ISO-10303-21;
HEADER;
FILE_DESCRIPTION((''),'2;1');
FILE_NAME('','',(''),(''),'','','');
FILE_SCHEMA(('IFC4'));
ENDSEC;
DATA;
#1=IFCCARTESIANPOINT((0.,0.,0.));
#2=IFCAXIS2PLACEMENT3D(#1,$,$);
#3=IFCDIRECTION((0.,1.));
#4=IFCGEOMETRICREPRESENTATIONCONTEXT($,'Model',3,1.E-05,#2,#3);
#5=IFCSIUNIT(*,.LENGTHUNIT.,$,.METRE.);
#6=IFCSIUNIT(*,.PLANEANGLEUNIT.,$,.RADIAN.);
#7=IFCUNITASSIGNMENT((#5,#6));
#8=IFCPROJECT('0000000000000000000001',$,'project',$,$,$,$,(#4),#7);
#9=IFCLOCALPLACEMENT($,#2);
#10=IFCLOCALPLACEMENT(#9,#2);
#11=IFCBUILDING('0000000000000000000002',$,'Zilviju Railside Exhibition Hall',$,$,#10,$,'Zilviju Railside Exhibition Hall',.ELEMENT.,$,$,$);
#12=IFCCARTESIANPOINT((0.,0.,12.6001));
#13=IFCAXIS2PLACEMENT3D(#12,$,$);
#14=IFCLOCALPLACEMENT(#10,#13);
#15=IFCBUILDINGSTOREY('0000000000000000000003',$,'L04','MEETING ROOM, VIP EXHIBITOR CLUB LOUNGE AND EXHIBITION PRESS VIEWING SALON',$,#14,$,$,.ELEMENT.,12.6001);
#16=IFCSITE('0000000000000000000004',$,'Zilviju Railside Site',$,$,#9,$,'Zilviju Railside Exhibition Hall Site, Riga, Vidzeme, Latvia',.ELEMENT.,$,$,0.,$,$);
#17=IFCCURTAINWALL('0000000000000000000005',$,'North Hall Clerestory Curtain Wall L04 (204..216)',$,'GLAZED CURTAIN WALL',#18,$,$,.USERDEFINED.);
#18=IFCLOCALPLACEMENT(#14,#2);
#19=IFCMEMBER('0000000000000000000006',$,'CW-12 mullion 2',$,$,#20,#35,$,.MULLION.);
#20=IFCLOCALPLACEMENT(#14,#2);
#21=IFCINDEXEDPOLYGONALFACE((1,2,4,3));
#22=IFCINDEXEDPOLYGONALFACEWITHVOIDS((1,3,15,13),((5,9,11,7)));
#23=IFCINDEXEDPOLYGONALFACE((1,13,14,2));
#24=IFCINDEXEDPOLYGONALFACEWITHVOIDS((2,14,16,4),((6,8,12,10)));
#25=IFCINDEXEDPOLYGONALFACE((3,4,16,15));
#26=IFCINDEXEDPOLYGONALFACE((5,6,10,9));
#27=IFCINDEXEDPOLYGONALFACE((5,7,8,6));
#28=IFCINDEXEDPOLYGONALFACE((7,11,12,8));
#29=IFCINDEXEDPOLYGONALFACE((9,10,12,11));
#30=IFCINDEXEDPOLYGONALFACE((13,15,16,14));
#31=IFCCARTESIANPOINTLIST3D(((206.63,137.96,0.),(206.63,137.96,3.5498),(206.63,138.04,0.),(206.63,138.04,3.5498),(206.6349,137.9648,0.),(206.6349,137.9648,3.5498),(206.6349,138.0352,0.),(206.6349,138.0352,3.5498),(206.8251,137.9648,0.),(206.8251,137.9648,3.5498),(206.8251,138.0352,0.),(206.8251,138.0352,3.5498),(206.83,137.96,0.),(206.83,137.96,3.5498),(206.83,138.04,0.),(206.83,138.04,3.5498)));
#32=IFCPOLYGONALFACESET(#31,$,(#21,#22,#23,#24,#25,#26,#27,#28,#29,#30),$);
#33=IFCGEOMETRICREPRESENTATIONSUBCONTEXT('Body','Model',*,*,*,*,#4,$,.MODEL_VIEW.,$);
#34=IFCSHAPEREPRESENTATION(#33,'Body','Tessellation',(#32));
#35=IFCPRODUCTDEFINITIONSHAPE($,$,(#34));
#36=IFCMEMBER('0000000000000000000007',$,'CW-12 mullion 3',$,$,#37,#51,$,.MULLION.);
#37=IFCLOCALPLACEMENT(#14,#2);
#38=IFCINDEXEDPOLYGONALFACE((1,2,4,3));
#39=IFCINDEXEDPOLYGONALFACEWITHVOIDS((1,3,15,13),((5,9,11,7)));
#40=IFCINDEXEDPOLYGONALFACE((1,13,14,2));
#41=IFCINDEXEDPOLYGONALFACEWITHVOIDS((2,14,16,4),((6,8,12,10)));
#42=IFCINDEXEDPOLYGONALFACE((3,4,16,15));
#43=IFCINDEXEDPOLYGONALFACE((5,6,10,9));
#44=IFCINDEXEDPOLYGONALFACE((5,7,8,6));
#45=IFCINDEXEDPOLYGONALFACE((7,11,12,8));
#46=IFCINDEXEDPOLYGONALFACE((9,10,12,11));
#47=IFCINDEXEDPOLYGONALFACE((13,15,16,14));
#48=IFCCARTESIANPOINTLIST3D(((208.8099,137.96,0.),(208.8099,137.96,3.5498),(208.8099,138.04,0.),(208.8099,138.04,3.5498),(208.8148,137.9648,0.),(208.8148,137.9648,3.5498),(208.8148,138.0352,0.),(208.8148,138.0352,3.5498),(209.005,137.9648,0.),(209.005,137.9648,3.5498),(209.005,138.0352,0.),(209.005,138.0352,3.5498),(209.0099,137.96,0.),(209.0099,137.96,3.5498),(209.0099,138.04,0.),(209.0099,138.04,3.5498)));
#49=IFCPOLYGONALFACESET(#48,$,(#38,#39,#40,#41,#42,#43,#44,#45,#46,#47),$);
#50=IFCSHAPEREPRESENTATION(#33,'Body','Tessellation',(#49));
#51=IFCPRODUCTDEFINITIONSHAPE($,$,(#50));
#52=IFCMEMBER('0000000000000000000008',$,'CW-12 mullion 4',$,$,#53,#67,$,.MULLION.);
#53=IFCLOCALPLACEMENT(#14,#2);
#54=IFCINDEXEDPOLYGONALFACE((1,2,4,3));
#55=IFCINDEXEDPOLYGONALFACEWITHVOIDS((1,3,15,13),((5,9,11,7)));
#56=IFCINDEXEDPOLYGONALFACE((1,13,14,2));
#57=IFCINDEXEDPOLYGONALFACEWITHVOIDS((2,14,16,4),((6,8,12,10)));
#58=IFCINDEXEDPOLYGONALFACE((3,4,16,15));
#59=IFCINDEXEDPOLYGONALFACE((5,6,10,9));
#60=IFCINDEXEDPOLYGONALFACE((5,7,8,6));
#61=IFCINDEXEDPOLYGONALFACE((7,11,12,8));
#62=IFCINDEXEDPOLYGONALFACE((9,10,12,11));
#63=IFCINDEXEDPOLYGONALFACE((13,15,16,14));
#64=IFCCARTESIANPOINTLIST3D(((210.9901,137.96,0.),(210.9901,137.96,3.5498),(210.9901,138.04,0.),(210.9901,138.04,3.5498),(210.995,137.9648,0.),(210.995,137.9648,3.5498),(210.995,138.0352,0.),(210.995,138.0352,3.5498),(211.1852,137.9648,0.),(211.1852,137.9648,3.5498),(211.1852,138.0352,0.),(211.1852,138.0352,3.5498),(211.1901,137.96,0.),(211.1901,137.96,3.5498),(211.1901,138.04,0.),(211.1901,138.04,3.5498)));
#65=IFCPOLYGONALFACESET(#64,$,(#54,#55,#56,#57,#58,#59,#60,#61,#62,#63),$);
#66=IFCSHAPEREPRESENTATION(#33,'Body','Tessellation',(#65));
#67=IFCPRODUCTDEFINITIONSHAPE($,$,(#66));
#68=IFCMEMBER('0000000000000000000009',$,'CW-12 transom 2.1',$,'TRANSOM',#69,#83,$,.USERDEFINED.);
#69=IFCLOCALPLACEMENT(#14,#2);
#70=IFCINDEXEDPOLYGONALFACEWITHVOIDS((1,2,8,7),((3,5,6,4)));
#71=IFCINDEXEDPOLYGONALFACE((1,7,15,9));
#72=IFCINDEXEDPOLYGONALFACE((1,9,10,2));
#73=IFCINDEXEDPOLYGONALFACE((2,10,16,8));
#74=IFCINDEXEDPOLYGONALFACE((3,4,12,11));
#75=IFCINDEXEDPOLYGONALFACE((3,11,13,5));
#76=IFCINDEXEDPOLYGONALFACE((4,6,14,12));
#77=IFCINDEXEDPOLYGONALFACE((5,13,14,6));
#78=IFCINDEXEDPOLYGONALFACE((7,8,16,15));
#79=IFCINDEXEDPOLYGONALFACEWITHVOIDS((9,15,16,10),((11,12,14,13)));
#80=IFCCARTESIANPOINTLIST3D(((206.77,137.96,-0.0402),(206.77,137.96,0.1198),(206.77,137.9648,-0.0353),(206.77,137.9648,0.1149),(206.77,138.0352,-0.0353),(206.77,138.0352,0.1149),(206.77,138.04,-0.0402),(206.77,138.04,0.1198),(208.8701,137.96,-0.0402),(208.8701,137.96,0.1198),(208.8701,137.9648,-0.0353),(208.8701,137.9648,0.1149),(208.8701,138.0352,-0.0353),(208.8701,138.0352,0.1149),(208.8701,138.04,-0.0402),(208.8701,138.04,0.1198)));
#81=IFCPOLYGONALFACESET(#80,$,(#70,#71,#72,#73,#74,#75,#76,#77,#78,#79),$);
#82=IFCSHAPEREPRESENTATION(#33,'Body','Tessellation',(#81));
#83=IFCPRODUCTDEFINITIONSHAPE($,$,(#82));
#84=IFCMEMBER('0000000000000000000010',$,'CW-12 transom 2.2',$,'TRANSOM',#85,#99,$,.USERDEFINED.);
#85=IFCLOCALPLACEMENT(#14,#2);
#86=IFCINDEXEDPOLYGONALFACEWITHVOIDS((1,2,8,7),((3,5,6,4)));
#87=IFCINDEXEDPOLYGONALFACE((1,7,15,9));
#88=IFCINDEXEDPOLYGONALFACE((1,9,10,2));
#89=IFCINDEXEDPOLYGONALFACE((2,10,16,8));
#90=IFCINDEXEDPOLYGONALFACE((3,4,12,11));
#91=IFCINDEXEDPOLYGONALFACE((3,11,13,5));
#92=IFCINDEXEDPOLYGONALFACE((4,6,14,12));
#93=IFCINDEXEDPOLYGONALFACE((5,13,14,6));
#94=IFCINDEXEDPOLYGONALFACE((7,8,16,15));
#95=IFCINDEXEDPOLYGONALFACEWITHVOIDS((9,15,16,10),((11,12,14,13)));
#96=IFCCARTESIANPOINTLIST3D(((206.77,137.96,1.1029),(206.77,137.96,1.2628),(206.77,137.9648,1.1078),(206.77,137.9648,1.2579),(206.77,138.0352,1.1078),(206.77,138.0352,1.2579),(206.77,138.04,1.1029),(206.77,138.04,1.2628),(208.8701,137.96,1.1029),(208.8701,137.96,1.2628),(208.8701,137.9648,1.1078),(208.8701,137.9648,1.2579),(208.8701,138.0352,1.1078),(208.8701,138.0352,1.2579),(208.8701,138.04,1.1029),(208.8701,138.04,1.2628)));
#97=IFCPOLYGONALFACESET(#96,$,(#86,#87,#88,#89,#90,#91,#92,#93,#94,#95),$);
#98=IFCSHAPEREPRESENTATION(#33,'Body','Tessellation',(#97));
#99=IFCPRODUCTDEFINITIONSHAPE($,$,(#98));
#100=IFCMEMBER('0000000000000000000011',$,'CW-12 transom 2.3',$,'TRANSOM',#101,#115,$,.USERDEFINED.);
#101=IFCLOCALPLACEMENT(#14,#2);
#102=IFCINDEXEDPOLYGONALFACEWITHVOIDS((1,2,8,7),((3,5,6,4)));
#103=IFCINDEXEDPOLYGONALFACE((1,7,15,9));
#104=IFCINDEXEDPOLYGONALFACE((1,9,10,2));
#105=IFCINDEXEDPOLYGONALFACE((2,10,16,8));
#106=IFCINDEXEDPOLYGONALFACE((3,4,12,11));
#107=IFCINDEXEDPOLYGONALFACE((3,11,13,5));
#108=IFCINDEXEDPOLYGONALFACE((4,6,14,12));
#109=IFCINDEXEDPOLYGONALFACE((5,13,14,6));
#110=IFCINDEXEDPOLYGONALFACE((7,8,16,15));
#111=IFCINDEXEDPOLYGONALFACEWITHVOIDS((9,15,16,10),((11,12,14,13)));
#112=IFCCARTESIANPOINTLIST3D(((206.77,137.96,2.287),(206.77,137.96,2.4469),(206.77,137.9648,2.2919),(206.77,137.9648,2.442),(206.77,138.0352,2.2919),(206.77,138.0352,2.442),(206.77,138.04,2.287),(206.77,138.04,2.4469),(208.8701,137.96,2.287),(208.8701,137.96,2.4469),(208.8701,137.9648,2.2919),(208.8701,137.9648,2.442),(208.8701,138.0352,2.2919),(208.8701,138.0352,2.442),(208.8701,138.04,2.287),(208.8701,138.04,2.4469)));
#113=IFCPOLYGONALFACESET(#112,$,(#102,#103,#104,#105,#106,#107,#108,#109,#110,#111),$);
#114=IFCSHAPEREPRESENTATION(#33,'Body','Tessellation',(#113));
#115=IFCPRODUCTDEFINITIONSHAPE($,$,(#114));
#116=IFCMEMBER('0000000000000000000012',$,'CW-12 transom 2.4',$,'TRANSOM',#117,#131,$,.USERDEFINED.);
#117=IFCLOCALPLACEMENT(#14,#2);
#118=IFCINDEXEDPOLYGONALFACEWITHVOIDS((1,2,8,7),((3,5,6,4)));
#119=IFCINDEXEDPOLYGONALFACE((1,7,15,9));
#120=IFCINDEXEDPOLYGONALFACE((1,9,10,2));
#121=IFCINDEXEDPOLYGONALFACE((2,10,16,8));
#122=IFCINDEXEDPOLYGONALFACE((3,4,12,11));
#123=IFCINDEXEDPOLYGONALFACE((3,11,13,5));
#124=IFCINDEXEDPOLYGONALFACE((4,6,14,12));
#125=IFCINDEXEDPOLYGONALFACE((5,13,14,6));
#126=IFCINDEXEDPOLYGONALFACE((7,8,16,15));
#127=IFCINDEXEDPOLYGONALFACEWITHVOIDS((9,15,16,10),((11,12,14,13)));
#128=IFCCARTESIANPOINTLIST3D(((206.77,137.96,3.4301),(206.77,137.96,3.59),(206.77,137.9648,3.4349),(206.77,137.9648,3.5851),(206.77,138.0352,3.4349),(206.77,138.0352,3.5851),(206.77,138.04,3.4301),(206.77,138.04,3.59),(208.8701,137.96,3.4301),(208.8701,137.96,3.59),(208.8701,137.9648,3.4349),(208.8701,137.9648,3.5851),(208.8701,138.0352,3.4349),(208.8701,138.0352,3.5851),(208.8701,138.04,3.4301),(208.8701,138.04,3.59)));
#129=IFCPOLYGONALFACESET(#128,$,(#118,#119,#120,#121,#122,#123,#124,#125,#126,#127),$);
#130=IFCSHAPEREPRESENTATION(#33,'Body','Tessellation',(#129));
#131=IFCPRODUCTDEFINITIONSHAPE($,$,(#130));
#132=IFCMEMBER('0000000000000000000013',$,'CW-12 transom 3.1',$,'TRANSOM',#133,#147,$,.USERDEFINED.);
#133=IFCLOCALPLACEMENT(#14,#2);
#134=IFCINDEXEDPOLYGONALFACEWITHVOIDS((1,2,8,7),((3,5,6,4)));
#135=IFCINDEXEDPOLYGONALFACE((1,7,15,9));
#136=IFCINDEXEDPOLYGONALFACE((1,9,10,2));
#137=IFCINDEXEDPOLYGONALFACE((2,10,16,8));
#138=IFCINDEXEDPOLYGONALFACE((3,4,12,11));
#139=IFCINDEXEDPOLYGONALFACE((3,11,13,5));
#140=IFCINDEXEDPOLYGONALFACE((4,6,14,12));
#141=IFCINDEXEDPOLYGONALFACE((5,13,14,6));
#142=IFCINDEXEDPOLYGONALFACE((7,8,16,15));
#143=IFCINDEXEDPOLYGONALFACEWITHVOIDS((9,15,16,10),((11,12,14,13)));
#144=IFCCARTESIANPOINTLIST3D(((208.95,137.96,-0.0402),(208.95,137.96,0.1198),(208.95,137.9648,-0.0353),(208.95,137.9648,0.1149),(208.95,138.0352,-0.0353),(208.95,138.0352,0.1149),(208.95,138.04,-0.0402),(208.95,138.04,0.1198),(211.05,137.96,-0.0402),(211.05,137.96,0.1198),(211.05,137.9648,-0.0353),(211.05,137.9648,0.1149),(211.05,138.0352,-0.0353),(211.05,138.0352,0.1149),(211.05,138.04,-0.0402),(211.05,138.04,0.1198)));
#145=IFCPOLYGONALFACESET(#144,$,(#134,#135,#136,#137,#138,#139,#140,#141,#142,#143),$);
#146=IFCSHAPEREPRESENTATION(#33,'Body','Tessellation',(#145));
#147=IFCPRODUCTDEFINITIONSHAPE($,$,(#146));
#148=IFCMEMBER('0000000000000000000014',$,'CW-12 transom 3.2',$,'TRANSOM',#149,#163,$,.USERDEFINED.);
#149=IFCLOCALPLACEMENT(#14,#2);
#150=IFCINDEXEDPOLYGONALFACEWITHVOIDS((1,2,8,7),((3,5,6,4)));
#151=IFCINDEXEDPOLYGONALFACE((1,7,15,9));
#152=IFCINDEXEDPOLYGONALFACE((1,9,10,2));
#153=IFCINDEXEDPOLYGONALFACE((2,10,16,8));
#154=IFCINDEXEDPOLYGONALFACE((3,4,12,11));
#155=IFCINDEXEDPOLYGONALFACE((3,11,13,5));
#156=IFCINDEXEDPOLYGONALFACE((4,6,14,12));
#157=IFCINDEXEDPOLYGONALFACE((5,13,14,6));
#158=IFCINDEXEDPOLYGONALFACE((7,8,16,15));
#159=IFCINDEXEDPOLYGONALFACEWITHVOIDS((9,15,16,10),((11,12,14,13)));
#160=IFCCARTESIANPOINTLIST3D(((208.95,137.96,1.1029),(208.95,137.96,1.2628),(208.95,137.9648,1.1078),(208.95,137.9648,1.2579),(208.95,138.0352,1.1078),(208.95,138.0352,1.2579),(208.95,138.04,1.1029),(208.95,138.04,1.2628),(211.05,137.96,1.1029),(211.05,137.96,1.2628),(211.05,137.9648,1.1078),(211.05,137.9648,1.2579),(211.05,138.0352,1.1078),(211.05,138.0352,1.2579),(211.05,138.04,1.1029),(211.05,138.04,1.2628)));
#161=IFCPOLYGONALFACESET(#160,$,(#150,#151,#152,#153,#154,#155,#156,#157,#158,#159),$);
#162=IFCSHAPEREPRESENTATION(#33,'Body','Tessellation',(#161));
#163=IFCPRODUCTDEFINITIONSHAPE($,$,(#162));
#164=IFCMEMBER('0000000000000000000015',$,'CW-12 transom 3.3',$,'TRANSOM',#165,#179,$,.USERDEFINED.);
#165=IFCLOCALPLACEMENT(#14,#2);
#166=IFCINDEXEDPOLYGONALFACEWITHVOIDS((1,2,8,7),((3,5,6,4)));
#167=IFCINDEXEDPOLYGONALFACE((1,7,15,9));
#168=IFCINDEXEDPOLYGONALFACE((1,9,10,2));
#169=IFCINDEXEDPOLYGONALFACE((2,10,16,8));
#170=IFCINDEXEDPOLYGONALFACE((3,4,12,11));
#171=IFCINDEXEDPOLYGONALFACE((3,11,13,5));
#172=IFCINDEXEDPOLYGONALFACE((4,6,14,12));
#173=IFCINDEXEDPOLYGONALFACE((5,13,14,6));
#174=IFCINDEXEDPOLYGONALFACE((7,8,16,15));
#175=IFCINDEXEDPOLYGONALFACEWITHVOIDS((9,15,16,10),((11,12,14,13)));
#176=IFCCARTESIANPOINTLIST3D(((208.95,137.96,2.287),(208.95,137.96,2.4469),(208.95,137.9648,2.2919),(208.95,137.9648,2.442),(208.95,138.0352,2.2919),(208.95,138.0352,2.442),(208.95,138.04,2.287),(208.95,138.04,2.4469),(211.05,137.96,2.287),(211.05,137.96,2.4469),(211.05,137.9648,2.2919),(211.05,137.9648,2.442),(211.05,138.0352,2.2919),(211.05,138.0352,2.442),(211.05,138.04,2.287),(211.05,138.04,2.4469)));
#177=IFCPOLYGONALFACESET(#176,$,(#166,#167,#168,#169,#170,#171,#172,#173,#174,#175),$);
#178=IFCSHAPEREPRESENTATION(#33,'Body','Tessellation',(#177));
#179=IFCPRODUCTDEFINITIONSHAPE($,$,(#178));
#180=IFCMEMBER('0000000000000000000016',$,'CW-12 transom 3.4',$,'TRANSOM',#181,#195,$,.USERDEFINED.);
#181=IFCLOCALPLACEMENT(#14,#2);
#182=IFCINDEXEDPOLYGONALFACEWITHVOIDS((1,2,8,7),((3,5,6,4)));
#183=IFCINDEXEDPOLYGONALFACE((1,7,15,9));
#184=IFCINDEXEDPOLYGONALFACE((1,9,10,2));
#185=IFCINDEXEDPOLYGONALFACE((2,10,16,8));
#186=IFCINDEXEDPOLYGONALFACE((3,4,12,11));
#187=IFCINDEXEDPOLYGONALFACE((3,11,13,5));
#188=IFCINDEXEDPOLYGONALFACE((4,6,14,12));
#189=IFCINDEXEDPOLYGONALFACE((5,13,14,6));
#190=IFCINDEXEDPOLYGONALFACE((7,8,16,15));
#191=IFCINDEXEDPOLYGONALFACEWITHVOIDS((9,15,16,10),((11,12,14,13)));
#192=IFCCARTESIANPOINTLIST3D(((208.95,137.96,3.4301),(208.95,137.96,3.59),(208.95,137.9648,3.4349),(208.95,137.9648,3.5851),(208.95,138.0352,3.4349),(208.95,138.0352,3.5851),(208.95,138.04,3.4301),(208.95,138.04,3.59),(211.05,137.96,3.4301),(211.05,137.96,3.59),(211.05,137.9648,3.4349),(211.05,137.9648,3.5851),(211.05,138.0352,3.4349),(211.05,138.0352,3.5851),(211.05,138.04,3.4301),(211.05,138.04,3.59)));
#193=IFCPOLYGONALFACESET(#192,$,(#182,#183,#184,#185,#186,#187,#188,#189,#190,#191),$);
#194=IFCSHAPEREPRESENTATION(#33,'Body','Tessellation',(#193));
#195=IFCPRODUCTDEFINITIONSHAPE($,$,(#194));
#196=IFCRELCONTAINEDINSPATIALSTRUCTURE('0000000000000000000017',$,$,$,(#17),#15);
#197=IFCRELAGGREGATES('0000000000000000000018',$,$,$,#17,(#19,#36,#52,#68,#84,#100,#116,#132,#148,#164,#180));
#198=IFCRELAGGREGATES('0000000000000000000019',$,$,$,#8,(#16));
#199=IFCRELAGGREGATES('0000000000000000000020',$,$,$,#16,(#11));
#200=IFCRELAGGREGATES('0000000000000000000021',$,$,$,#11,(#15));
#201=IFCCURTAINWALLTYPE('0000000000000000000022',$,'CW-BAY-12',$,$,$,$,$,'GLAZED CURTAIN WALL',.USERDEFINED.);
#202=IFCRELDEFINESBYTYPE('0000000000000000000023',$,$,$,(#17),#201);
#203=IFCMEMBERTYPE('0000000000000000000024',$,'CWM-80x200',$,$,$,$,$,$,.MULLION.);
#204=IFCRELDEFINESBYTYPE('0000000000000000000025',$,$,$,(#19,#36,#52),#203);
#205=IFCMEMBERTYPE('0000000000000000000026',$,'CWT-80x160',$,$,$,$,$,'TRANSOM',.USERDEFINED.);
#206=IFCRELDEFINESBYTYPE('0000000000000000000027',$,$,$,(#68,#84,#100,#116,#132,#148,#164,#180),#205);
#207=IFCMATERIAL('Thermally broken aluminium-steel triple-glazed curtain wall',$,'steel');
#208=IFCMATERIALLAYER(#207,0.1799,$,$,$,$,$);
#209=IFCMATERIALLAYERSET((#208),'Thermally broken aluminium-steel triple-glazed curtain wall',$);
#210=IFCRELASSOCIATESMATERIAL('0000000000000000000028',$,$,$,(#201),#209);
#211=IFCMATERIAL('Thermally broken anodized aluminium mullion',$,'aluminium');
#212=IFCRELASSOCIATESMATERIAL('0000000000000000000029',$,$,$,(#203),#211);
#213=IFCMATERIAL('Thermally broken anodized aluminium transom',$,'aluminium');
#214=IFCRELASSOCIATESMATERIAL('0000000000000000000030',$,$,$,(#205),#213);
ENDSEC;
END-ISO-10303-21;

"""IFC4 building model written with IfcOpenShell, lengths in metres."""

from ifc_helpers import new_model, si_unit, direction, frame, origin, origin_2d, place, context, subcontext, project, spatial, hollow_rectangle, extrude, material, layer, layer_set, material_profile, profile_set, type_object, element, aggregate, save


model = new_model("IFC4")

# Units and contexts
model_context = context("Model", 3, precision=1e-05, world=origin(), true_north=direction((0.0, 1.0)))
body_context = subcontext(model_context, "Body", "Model", "MODEL_VIEW")
ifc_project = project(units=[si_unit("LENGTHUNIT", "METRE"), si_unit("PLANEANGLEUNIT", "RADIAN")], contexts=[model_context])

# Site, building, storey
site_placement = place(None, origin())
site = spatial("IfcSite", under=ifc_project, at=site_placement, Name="Zilviju Railside Site", LongName="Zilviju Railside Exhibition Hall Site, Riga, Vidzeme, Latvia", CompositionType="ELEMENT", RefElevation=0.0)
building_placement = place(site_placement, origin())
building = spatial("IfcBuilding", under=site, at=building_placement, Name="Zilviju Railside Exhibition Hall", LongName="Zilviju Railside Exhibition Hall", CompositionType="ELEMENT")
storey_placement = place(building_placement, frame((0.0, 0.0, 12.6001)))
storey = spatial("IfcBuildingStorey", under=building, at=storey_placement, Name="L04", Description="MEETING ROOM, VIP EXHIBITOR CLUB LOUNGE AND EXHIBITION PRESS VIEWING SALON", CompositionType="ELEMENT", Elevation=12.6001)

# Curtain wall, members
ifc_material_1 = material(Name="Thermally broken aluminium-steel triple-glazed curtain wall", Category="steel")
ifc_layer_1 = layer(ifc_material_1, 0.1799)
ifc_layer_set_1 = layer_set([ifc_layer_1], Name="Thermally broken aluminium-steel triple-glazed curtain wall")
curtain_wall_type = type_object("IfcCurtainWallType", Name="CW-BAY-12", ElementType="GLAZED CURTAIN WALL", PredefinedType="USERDEFINED", material=ifc_layer_set_1)
curtain_wall_placement = place(storey_placement, origin())
curtain_wall = element("IfcCurtainWall", 1, at=curtain_wall_placement, inside=storey, type_object=curtain_wall_type, Name="North Hall Clerestory Curtain Wall L04 (204..216)", ObjectType="GLAZED CURTAIN WALL", PredefinedType="USERDEFINED")
ifc_material_2 = material(Name="Thermally broken anodized aluminium mullion", Category="aluminium")
ifc_material_profile_1 = material_profile(ifc_material_2, hollow_rectangle(XDim=0.0801, YDim=0.2, WallThickness=0.0049, at=origin_2d()), Name="MULLION 200x80x5")
ifc_profile_set_1 = profile_set([ifc_material_profile_1], Name="Thermally broken anodized aluminium mullion")
member_type_1 = type_object("IfcMemberType", Name="CWM-80x200", PredefinedType="MULLION", material=ifc_profile_set_1)
member_1_placement = place(storey_placement, frame((206.73, 138.0, 0.0), z_axis=(0.0, 0.0, 1.0), x_axis=(0.0, 1.0, 0.0)))
member_1 = element("IfcMember", 2, at=member_1_placement, type_object=member_type_1, Name="CW-12 mullion 2", PredefinedType="MULLION", context=body_context, shape_type="SweptSolid", body=[
    extrude(hollow_rectangle(XDim=0.0801, YDim=0.2, WallThickness=0.0049, at=origin_2d()), origin(), (0.0, 0.0, 1.0), 3.5498),
])
member_2_placement = place(storey_placement, frame((208.9099, 138.0, 0.0), z_axis=(0.0, 0.0, 1.0), x_axis=(0.0, 1.0, 0.0)))
member_2 = element("IfcMember", 3, at=member_2_placement, type_object=member_type_1, Name="CW-12 mullion 3", PredefinedType="MULLION", context=body_context, shape_type="SweptSolid", body=[
    extrude(hollow_rectangle(XDim=0.0801, YDim=0.2, WallThickness=0.0049, at=origin_2d()), origin(), (0.0, 0.0, 1.0), 3.5498),
])
member_3_placement = place(storey_placement, frame((211.0901, 138.0, 0.0), z_axis=(0.0, 0.0, 1.0), x_axis=(0.0, 1.0, 0.0)))
member_3 = element("IfcMember", 4, at=member_3_placement, type_object=member_type_1, Name="CW-12 mullion 4", PredefinedType="MULLION", context=body_context, shape_type="SweptSolid", body=[
    extrude(hollow_rectangle(XDim=0.0801, YDim=0.2, WallThickness=0.0049, at=origin_2d()), origin(), (0.0, 0.0, 1.0), 3.5498),
])
ifc_material_3 = material(Name="Thermally broken anodized aluminium transom", Category="aluminium")
ifc_material_profile_2 = material_profile(ifc_material_3, hollow_rectangle(XDim=0.0801, YDim=0.1599, WallThickness=0.0049, at=origin_2d()), Name="TRANSOM 160x80x5")
ifc_profile_set_2 = profile_set([ifc_material_profile_2], Name="Thermally broken anodized aluminium transom")
member_type_2 = type_object("IfcMemberType", Name="CWT-80x160", ElementType="TRANSOM", PredefinedType="USERDEFINED", material=ifc_profile_set_2)
member_4_placement = place(storey_placement, frame((206.77, 138.0, 0.0398), z_axis=(1.0, 0.0, 0.0), x_axis=(0.0, 1.0, 0.0)))
member_4 = element("IfcMember", 5, at=member_4_placement, type_object=member_type_2, Name="CW-12 transom 2.1", ObjectType="TRANSOM", PredefinedType="USERDEFINED", context=body_context, shape_type="SweptSolid", body=[
    extrude(hollow_rectangle(XDim=0.0801, YDim=0.1599, WallThickness=0.0049, at=origin_2d()), origin(), (0.0, 0.0, 1.0), 2.1001),
])
member_5_placement = place(storey_placement, frame((206.77, 138.0, 1.1829), z_axis=(1.0, 0.0, 0.0), x_axis=(0.0, 1.0, 0.0)))
member_5 = element("IfcMember", 6, at=member_5_placement, type_object=member_type_2, Name="CW-12 transom 2.2", ObjectType="TRANSOM", PredefinedType="USERDEFINED", context=body_context, shape_type="SweptSolid", body=[
    extrude(hollow_rectangle(XDim=0.0801, YDim=0.1599, WallThickness=0.0049, at=origin_2d()), origin(), (0.0, 0.0, 1.0), 2.1001),
])
member_6_placement = place(storey_placement, frame((206.77, 138.0, 2.3669), z_axis=(1.0, 0.0, 0.0), x_axis=(0.0, 1.0, 0.0)))
member_6 = element("IfcMember", 7, at=member_6_placement, type_object=member_type_2, Name="CW-12 transom 2.3", ObjectType="TRANSOM", PredefinedType="USERDEFINED", context=body_context, shape_type="SweptSolid", body=[
    extrude(hollow_rectangle(XDim=0.0801, YDim=0.1599, WallThickness=0.0049, at=origin_2d()), origin(), (0.0, 0.0, 1.0), 2.1001),
])
member_7_placement = place(storey_placement, frame((206.77, 138.0, 3.51), z_axis=(1.0, 0.0, 0.0), x_axis=(0.0, 1.0, 0.0)))
member_7 = element("IfcMember", 8, at=member_7_placement, type_object=member_type_2, Name="CW-12 transom 2.4", ObjectType="TRANSOM", PredefinedType="USERDEFINED", context=body_context, shape_type="SweptSolid", body=[
    extrude(hollow_rectangle(XDim=0.0801, YDim=0.1599, WallThickness=0.0049, at=origin_2d()), origin(), (0.0, 0.0, 1.0), 2.1001),
])
member_8_placement = place(storey_placement, frame((208.95, 138.0, 0.0398), z_axis=(1.0, 0.0, 0.0), x_axis=(0.0, 1.0, 0.0)))
member_8 = element("IfcMember", 9, at=member_8_placement, type_object=member_type_2, Name="CW-12 transom 3.1", ObjectType="TRANSOM", PredefinedType="USERDEFINED", context=body_context, shape_type="SweptSolid", body=[
    extrude(hollow_rectangle(XDim=0.0801, YDim=0.1599, WallThickness=0.0049, at=origin_2d()), origin(), (0.0, 0.0, 1.0), 2.1001),
])
member_9_placement = place(storey_placement, frame((208.95, 138.0, 1.1829), z_axis=(1.0, 0.0, 0.0), x_axis=(0.0, 1.0, 0.0)))
member_9 = element("IfcMember", 10, at=member_9_placement, type_object=member_type_2, Name="CW-12 transom 3.2", ObjectType="TRANSOM", PredefinedType="USERDEFINED", context=body_context, shape_type="SweptSolid", body=[
    extrude(hollow_rectangle(XDim=0.0801, YDim=0.1599, WallThickness=0.0049, at=origin_2d()), origin(), (0.0, 0.0, 1.0), 2.1001),
])
member_10_placement = place(storey_placement, frame((208.95, 138.0, 2.3669), z_axis=(1.0, 0.0, 0.0), x_axis=(0.0, 1.0, 0.0)))
member_10 = element("IfcMember", 11, at=member_10_placement, type_object=member_type_2, Name="CW-12 transom 3.3", ObjectType="TRANSOM", PredefinedType="USERDEFINED", context=body_context, shape_type="SweptSolid", body=[
    extrude(hollow_rectangle(XDim=0.0801, YDim=0.1599, WallThickness=0.0049, at=origin_2d()), origin(), (0.0, 0.0, 1.0), 2.1001),
])
member_11_placement = place(storey_placement, frame((208.95, 138.0, 3.51), z_axis=(1.0, 0.0, 0.0), x_axis=(0.0, 1.0, 0.0)))
member_11 = element("IfcMember", 12, at=member_11_placement, type_object=member_type_2, Name="CW-12 transom 3.4", ObjectType="TRANSOM", PredefinedType="USERDEFINED", context=body_context, shape_type="SweptSolid", body=[
    extrude(hollow_rectangle(XDim=0.0801, YDim=0.1599, WallThickness=0.0049, at=origin_2d()), origin(), (0.0, 0.0, 1.0), 2.1001),
])
aggregate(curtain_wall, [member_1, member_2, member_3, member_4, member_5, member_6, member_7, member_8, member_9, member_10, member_11])

save(model, "model.ifc")
